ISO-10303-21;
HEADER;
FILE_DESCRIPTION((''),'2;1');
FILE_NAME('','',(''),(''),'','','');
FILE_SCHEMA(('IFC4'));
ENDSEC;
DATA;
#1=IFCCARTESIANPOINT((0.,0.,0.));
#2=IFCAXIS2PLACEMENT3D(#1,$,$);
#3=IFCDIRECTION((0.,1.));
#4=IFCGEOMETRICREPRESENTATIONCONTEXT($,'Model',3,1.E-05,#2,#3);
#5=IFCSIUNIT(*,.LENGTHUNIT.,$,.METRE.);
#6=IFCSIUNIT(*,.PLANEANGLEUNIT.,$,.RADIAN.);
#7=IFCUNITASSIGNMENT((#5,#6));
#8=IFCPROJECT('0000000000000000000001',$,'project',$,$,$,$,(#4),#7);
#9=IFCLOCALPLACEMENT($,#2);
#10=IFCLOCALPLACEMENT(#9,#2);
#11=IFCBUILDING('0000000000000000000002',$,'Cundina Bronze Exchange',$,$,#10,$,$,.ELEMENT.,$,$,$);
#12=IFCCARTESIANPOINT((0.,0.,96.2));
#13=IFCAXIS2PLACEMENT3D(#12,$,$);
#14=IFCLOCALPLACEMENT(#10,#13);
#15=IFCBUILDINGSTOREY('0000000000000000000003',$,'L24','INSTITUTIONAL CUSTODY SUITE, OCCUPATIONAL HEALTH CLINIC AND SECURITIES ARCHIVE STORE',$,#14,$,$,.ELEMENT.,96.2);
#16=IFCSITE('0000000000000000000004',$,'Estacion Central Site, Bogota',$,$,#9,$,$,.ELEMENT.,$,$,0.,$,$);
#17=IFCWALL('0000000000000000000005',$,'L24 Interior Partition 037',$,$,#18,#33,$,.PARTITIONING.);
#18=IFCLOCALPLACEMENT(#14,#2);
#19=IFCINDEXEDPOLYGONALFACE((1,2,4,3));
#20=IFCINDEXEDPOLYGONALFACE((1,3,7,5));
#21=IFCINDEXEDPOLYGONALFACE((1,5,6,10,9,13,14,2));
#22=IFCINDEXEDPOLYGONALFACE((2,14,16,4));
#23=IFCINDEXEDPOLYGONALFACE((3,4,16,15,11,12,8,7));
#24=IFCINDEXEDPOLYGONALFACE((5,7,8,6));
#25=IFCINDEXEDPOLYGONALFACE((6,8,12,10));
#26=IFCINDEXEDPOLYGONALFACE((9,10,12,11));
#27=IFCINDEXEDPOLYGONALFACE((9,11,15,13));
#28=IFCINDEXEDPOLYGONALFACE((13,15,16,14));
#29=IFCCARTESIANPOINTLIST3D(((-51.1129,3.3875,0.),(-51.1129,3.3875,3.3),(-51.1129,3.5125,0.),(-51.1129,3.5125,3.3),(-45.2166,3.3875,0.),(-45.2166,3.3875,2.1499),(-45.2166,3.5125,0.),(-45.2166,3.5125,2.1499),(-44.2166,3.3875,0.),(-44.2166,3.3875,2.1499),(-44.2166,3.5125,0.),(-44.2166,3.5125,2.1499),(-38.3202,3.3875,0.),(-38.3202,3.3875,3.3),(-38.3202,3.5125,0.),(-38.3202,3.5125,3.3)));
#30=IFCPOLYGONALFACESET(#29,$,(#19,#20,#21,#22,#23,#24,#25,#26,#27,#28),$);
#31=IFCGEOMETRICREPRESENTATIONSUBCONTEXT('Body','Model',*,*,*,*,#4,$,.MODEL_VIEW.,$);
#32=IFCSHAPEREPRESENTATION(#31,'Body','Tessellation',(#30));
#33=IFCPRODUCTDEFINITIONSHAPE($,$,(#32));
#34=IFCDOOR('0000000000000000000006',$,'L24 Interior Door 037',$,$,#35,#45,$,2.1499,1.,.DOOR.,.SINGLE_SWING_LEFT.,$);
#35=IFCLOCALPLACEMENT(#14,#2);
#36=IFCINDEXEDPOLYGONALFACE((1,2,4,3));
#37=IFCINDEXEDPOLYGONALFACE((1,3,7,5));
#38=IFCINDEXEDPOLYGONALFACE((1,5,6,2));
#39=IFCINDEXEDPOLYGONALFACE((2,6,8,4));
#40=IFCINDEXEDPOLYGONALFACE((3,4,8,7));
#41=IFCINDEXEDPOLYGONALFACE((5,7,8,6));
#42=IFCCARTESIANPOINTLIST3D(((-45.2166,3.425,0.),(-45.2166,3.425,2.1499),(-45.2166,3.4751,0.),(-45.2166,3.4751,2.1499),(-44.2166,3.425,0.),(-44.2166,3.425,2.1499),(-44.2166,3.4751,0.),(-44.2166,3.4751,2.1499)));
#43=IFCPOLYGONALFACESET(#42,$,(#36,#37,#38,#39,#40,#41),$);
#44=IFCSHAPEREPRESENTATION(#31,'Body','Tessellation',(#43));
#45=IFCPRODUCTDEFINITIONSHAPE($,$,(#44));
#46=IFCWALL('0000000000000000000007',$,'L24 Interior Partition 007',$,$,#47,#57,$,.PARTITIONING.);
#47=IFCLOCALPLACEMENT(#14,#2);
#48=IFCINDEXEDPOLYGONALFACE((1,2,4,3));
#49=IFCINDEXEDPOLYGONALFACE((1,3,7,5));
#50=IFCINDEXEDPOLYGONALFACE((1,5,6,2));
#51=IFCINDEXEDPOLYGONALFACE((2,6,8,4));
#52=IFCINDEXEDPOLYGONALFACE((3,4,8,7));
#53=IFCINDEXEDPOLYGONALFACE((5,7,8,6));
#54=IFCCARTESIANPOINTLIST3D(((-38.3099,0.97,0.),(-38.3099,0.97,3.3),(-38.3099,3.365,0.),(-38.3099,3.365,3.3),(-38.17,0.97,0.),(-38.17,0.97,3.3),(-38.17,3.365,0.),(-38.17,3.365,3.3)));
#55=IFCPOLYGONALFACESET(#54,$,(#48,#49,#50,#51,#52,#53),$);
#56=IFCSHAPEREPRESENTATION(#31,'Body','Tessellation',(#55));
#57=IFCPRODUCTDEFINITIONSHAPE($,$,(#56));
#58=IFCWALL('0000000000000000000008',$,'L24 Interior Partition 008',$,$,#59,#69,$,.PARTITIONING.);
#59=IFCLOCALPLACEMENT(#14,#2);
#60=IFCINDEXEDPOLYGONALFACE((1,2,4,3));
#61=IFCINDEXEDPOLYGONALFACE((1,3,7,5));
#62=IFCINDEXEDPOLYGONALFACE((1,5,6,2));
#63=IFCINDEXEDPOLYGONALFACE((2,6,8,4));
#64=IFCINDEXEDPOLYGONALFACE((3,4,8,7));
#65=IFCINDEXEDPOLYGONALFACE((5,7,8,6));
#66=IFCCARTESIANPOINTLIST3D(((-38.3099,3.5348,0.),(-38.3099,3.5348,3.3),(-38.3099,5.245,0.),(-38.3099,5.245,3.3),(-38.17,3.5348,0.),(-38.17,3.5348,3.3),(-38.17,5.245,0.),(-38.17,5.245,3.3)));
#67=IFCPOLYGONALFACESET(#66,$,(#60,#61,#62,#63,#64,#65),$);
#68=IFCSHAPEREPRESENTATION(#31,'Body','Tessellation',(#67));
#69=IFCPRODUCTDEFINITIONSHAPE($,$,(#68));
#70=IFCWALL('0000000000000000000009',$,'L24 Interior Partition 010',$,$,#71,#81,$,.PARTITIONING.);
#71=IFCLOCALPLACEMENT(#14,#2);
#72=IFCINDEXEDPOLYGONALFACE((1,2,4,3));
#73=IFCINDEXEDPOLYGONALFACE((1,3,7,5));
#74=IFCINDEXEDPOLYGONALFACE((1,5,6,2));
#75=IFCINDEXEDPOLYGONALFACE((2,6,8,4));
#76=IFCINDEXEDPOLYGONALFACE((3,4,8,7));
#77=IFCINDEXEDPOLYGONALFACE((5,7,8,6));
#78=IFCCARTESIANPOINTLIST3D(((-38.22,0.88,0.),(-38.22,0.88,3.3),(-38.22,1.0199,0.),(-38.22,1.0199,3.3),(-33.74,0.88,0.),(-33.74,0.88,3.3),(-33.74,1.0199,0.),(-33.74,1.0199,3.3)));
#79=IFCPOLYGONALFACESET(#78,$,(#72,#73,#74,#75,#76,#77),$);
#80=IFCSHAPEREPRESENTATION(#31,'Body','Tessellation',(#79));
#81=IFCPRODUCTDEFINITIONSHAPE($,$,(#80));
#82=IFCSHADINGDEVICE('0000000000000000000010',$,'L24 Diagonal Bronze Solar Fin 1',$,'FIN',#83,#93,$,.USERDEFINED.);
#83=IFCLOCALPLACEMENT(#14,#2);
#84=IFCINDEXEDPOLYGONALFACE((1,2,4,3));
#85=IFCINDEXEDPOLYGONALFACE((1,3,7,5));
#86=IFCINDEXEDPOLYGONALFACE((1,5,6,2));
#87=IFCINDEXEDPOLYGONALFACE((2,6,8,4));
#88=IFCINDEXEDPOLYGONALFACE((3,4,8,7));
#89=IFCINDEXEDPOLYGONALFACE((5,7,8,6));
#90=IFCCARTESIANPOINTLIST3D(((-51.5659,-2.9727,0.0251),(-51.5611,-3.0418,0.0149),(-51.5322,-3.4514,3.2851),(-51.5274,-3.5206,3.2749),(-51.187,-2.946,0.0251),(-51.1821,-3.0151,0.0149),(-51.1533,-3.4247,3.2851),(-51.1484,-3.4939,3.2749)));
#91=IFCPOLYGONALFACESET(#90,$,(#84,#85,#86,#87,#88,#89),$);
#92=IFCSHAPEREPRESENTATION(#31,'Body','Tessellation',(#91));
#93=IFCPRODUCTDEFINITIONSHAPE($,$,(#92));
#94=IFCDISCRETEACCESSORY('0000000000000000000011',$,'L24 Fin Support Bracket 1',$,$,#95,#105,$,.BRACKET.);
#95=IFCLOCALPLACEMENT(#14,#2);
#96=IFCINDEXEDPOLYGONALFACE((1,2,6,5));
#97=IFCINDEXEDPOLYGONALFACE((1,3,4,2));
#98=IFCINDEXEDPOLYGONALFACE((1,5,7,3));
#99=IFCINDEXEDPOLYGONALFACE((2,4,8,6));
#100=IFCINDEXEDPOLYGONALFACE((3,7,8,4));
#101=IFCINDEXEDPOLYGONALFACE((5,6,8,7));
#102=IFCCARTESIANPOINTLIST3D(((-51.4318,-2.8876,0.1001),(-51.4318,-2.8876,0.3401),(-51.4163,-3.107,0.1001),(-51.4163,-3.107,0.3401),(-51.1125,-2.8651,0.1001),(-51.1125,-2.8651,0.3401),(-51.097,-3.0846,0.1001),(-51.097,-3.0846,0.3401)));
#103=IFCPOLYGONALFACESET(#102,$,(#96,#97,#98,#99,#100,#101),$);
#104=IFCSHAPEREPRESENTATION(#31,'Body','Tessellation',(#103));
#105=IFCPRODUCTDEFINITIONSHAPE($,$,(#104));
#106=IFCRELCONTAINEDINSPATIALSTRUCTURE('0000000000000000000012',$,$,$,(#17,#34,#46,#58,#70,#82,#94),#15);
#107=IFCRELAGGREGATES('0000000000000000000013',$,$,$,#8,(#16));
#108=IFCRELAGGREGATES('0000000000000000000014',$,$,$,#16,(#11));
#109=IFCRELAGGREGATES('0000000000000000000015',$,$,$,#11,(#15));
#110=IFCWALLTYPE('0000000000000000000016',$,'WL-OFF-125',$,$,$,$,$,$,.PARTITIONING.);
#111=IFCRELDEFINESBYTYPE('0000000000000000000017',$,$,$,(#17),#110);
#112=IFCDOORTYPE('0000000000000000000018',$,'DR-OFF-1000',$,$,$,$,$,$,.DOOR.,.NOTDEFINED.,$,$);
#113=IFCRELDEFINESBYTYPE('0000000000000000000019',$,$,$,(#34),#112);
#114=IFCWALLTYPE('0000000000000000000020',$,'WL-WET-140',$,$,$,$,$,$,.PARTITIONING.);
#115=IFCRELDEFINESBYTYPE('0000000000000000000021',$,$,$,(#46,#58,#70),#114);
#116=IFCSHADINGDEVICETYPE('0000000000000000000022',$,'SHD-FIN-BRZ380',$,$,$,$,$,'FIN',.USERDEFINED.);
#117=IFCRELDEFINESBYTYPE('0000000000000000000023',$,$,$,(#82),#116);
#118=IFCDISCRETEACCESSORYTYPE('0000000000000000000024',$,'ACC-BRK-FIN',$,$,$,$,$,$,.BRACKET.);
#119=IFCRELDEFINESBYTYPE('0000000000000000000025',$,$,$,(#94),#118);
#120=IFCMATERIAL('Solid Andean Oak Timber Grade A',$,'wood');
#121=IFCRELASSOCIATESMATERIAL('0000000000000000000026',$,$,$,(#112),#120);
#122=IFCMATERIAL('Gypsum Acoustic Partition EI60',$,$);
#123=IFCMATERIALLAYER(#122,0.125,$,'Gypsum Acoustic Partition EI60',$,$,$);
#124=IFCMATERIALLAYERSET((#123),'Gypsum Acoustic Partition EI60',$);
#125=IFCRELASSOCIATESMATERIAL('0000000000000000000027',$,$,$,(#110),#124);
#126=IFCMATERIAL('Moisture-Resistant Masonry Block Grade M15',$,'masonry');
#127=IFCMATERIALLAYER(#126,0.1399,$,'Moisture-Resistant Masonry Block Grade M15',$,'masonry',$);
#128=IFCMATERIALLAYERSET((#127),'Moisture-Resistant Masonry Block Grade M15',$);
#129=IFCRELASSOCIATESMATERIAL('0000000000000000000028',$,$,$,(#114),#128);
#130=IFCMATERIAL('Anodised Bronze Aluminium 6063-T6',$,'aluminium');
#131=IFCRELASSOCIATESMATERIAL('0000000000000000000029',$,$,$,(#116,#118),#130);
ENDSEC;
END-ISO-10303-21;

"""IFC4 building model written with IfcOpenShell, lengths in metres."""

from ifc_helpers import new_model, si_unit, direction, frame, frame_2d, origin, origin_2d, place, context, subcontext, project, spatial, rectangle, extrude, material, layer, layer_set, material_profile, profile_set, type_object, element, fill, save


model = new_model("IFC4")

# Units and contexts
model_context = context("Model", 3, precision=1e-05, world=origin(), true_north=direction((0.0, 1.0)))
body_context = subcontext(model_context, "Body", "Model", "MODEL_VIEW")
ifc_project = project(units=[si_unit("LENGTHUNIT", "METRE"), si_unit("PLANEANGLEUNIT", "RADIAN")], contexts=[model_context])

# Site, building, storey
site_placement = place(None, origin())
site = spatial("IfcSite", under=ifc_project, at=site_placement, Name="Estacion Central Site, Bogota", CompositionType="ELEMENT", RefElevation=0.0)
building_placement = place(site_placement, origin())
building = spatial("IfcBuilding", under=site, at=building_placement, Name="Cundina Bronze Exchange", CompositionType="ELEMENT")
storey_placement = place(building_placement, frame((0.0, 0.0, 96.2)))
storey = spatial("IfcBuildingStorey", under=building, at=storey_placement, Name="L24", Description="INSTITUTIONAL CUSTODY SUITE, OCCUPATIONAL HEALTH CLINIC AND SECURITIES ARCHIVE STORE", CompositionType="ELEMENT", Elevation=96.2)

# Shared definitions
ifc_material_1 = material(Name="Anodised Bronze Aluminium 6063-T6", Category="aluminium")

# Wall, opening, door
ifc_material_2 = material(Name="Solid Andean Oak Timber Grade A", Category="wood")
door_type_1 = type_object("IfcDoorType", Name="DR-OFF-1000", OperationType="NOTDEFINED", PredefinedType="DOOR", material=ifc_material_2)
ifc_material_3 = material(Name="Gypsum Acoustic Partition EI60")
ifc_layer_1 = layer(ifc_material_3, 0.125, Name="Gypsum Acoustic Partition EI60")
ifc_layer_set_1 = layer_set([ifc_layer_1], Name="Gypsum Acoustic Partition EI60")
wall_type_1 = type_object("IfcWallType", Name="WL-OFF-125", PredefinedType="PARTITIONING", material=ifc_layer_set_1)
wall_1_placement = place(storey_placement, frame((-38.3201, 3.45, 0.0), z_axis=(0.0, 0.0, 1.0), x_axis=(-1.0, 0.0, 0.0)))
wall_1 = element("IfcWall", 1, at=wall_1_placement, inside=storey, type_object=wall_type_1, Name="L24 Interior Partition 037", PredefinedType="PARTITIONING", context=body_context, shape_type="SweptSolid", body=[
    extrude(rectangle(XDim=12.7927, YDim=0.125, at=frame_2d((6.3965, 0.0))), origin(), (0.0, 0.0, 1.0), 3.3),
])
opening_1_placement = place(wall_1_placement, frame((5.8965, 0.0, 0.0)))
opening_1 = element("IfcOpeningElement", 2, at=opening_1_placement, cuts=wall_1, PredefinedType="OPENING", context=body_context, shape_type="SweptSolid", body=[
    extrude(rectangle(XDim=1.0, YDim=2.1499, at=frame_2d((0.5, 1.075))), frame((0.0, 0.0725, 0.0), z_axis=(0.0, -1.0, 0.0), x_axis=(1.0, 0.0, 0.0)), (0.0, 0.0, 1.0), 0.145),
])
door_1_placement = place(opening_1_placement, origin())
door_1 = element("IfcDoor", 3, at=door_1_placement, inside=storey, type_object=door_type_1, Name="L24 Interior Door 037", OperationType="SINGLE_SWING_LEFT", OverallHeight=2.1499, OverallWidth=1.0, PredefinedType="DOOR", context=body_context, shape_type="SweptSolid", body=[
    extrude(rectangle(XDim=1.0, YDim=2.1499, at=frame_2d((0.5, 1.075))), frame((0.0, 0.0249, 0.0), z_axis=(0.0, -1.0, 0.0), x_axis=(1.0, 0.0, 0.0)), (0.0, 0.0, 1.0), 0.05),
])
fill(opening_1, door_1)

# Walls
ifc_material_4 = material(Name="Moisture-Resistant Masonry Block Grade M15", Category="masonry")
ifc_layer_2 = layer(ifc_material_4, 0.1399, Name="Moisture-Resistant Masonry Block Grade M15", Category="masonry")
ifc_layer_set_2 = layer_set([ifc_layer_2], Name="Moisture-Resistant Masonry Block Grade M15")
wall_type_2 = type_object("IfcWallType", Name="WL-WET-140", PredefinedType="PARTITIONING", material=ifc_layer_set_2)
wall_2_placement = place(storey_placement, frame((-38.24, 0.97, 0.0), z_axis=(0.0, 0.0, 1.0), x_axis=(0.0, 1.0, 0.0)))
element("IfcWall", 4, at=wall_2_placement, inside=storey, type_object=wall_type_2, Name="L24 Interior Partition 007", PredefinedType="PARTITIONING", context=body_context, shape_type="SweptSolid", body=[
    extrude(rectangle(XDim=2.395, YDim=0.1399, at=frame_2d((1.1975, 0.0))), origin(), (0.0, 0.0, 1.0), 3.3),
])
wall_3_placement = place(storey_placement, frame((-38.24, 3.5349, 0.0), z_axis=(0.0, 0.0, 1.0), x_axis=(0.0, 1.0, 0.0)))
element("IfcWall", 5, at=wall_3_placement, inside=storey, type_object=wall_type_2, Name="L24 Interior Partition 008", PredefinedType="PARTITIONING", context=body_context, shape_type="SweptSolid", body=[
    extrude(rectangle(XDim=1.7102, YDim=0.1399, at=frame_2d((0.855, 0.0))), origin(), (0.0, 0.0, 1.0), 3.3),
])
wall_4_placement = place(storey_placement, frame((-38.22, 0.95, 0.0), z_axis=(0.0, 0.0, 1.0), x_axis=(1.0, 0.0, 0.0)))
element("IfcWall", 6, at=wall_4_placement, inside=storey, type_object=wall_type_2, Name="L24 Interior Partition 010", PredefinedType="PARTITIONING", context=body_context, shape_type="SweptSolid", body=[
    extrude(rectangle(XDim=4.48, YDim=0.1399, at=frame_2d((2.24, 0.0))), origin(), (0.0, 0.0, 1.0), 3.3),
])

# Shading device
ifc_material_profile_1 = material_profile(ifc_material_1, rectangle(XDim=0.0701, YDim=0.3799, at=origin_2d()), Name="FIN70X380", Category="aluminium")
ifc_profile_set_1 = profile_set([ifc_material_profile_1], Name="Anodised Bronze Aluminium 6063-T6")
shading_device_type = type_object("IfcShadingDeviceType", Name="SHD-FIN-BRZ380", ElementType="FIN", PredefinedType="USERDEFINED", material=ifc_profile_set_1)
shading_device_placement = place(storey_placement, frame((-51.374, -2.9939, 0.02), z_axis=(0.010225, -0.145292, 0.989336), x_axis=(-0.06945, 0.986895, 0.145652)))
element("IfcShadingDevice", 7, at=shading_device_placement, inside=storey, type_object=shading_device_type, Name="L24 Diagonal Bronze Solar Fin 1", ObjectType="FIN", PredefinedType="USERDEFINED", context=body_context, shape_type="SweptSolid", body=[
    extrude(rectangle(XDim=0.0701, YDim=0.3799, at=origin_2d()), origin(), (0.0, 0.0, 1.0), 3.2952),
])

# Discrete accessory
discrete_accessory_type = type_object("IfcDiscreteAccessoryType", Name="ACC-BRK-FIN", PredefinedType="BRACKET", material=ifc_material_1)
discrete_accessory_placement = place(storey_placement, frame((-51.2644, -2.9861, 0.1001), z_axis=(0.0, 0.0, 1.0), x_axis=(0.070279, -0.997527, 0.0)))
element("IfcDiscreteAccessory", 8, at=discrete_accessory_placement, inside=storey, type_object=discrete_accessory_type, Name="L24 Fin Support Bracket 1", PredefinedType="BRACKET", context=body_context, shape_type="SweptSolid", body=[
    extrude(rectangle(XDim=0.22, YDim=0.3201, at=origin_2d()), origin(), (0.0, 0.0, 1.0), 0.24),
])

save(model, "model.ifc")
